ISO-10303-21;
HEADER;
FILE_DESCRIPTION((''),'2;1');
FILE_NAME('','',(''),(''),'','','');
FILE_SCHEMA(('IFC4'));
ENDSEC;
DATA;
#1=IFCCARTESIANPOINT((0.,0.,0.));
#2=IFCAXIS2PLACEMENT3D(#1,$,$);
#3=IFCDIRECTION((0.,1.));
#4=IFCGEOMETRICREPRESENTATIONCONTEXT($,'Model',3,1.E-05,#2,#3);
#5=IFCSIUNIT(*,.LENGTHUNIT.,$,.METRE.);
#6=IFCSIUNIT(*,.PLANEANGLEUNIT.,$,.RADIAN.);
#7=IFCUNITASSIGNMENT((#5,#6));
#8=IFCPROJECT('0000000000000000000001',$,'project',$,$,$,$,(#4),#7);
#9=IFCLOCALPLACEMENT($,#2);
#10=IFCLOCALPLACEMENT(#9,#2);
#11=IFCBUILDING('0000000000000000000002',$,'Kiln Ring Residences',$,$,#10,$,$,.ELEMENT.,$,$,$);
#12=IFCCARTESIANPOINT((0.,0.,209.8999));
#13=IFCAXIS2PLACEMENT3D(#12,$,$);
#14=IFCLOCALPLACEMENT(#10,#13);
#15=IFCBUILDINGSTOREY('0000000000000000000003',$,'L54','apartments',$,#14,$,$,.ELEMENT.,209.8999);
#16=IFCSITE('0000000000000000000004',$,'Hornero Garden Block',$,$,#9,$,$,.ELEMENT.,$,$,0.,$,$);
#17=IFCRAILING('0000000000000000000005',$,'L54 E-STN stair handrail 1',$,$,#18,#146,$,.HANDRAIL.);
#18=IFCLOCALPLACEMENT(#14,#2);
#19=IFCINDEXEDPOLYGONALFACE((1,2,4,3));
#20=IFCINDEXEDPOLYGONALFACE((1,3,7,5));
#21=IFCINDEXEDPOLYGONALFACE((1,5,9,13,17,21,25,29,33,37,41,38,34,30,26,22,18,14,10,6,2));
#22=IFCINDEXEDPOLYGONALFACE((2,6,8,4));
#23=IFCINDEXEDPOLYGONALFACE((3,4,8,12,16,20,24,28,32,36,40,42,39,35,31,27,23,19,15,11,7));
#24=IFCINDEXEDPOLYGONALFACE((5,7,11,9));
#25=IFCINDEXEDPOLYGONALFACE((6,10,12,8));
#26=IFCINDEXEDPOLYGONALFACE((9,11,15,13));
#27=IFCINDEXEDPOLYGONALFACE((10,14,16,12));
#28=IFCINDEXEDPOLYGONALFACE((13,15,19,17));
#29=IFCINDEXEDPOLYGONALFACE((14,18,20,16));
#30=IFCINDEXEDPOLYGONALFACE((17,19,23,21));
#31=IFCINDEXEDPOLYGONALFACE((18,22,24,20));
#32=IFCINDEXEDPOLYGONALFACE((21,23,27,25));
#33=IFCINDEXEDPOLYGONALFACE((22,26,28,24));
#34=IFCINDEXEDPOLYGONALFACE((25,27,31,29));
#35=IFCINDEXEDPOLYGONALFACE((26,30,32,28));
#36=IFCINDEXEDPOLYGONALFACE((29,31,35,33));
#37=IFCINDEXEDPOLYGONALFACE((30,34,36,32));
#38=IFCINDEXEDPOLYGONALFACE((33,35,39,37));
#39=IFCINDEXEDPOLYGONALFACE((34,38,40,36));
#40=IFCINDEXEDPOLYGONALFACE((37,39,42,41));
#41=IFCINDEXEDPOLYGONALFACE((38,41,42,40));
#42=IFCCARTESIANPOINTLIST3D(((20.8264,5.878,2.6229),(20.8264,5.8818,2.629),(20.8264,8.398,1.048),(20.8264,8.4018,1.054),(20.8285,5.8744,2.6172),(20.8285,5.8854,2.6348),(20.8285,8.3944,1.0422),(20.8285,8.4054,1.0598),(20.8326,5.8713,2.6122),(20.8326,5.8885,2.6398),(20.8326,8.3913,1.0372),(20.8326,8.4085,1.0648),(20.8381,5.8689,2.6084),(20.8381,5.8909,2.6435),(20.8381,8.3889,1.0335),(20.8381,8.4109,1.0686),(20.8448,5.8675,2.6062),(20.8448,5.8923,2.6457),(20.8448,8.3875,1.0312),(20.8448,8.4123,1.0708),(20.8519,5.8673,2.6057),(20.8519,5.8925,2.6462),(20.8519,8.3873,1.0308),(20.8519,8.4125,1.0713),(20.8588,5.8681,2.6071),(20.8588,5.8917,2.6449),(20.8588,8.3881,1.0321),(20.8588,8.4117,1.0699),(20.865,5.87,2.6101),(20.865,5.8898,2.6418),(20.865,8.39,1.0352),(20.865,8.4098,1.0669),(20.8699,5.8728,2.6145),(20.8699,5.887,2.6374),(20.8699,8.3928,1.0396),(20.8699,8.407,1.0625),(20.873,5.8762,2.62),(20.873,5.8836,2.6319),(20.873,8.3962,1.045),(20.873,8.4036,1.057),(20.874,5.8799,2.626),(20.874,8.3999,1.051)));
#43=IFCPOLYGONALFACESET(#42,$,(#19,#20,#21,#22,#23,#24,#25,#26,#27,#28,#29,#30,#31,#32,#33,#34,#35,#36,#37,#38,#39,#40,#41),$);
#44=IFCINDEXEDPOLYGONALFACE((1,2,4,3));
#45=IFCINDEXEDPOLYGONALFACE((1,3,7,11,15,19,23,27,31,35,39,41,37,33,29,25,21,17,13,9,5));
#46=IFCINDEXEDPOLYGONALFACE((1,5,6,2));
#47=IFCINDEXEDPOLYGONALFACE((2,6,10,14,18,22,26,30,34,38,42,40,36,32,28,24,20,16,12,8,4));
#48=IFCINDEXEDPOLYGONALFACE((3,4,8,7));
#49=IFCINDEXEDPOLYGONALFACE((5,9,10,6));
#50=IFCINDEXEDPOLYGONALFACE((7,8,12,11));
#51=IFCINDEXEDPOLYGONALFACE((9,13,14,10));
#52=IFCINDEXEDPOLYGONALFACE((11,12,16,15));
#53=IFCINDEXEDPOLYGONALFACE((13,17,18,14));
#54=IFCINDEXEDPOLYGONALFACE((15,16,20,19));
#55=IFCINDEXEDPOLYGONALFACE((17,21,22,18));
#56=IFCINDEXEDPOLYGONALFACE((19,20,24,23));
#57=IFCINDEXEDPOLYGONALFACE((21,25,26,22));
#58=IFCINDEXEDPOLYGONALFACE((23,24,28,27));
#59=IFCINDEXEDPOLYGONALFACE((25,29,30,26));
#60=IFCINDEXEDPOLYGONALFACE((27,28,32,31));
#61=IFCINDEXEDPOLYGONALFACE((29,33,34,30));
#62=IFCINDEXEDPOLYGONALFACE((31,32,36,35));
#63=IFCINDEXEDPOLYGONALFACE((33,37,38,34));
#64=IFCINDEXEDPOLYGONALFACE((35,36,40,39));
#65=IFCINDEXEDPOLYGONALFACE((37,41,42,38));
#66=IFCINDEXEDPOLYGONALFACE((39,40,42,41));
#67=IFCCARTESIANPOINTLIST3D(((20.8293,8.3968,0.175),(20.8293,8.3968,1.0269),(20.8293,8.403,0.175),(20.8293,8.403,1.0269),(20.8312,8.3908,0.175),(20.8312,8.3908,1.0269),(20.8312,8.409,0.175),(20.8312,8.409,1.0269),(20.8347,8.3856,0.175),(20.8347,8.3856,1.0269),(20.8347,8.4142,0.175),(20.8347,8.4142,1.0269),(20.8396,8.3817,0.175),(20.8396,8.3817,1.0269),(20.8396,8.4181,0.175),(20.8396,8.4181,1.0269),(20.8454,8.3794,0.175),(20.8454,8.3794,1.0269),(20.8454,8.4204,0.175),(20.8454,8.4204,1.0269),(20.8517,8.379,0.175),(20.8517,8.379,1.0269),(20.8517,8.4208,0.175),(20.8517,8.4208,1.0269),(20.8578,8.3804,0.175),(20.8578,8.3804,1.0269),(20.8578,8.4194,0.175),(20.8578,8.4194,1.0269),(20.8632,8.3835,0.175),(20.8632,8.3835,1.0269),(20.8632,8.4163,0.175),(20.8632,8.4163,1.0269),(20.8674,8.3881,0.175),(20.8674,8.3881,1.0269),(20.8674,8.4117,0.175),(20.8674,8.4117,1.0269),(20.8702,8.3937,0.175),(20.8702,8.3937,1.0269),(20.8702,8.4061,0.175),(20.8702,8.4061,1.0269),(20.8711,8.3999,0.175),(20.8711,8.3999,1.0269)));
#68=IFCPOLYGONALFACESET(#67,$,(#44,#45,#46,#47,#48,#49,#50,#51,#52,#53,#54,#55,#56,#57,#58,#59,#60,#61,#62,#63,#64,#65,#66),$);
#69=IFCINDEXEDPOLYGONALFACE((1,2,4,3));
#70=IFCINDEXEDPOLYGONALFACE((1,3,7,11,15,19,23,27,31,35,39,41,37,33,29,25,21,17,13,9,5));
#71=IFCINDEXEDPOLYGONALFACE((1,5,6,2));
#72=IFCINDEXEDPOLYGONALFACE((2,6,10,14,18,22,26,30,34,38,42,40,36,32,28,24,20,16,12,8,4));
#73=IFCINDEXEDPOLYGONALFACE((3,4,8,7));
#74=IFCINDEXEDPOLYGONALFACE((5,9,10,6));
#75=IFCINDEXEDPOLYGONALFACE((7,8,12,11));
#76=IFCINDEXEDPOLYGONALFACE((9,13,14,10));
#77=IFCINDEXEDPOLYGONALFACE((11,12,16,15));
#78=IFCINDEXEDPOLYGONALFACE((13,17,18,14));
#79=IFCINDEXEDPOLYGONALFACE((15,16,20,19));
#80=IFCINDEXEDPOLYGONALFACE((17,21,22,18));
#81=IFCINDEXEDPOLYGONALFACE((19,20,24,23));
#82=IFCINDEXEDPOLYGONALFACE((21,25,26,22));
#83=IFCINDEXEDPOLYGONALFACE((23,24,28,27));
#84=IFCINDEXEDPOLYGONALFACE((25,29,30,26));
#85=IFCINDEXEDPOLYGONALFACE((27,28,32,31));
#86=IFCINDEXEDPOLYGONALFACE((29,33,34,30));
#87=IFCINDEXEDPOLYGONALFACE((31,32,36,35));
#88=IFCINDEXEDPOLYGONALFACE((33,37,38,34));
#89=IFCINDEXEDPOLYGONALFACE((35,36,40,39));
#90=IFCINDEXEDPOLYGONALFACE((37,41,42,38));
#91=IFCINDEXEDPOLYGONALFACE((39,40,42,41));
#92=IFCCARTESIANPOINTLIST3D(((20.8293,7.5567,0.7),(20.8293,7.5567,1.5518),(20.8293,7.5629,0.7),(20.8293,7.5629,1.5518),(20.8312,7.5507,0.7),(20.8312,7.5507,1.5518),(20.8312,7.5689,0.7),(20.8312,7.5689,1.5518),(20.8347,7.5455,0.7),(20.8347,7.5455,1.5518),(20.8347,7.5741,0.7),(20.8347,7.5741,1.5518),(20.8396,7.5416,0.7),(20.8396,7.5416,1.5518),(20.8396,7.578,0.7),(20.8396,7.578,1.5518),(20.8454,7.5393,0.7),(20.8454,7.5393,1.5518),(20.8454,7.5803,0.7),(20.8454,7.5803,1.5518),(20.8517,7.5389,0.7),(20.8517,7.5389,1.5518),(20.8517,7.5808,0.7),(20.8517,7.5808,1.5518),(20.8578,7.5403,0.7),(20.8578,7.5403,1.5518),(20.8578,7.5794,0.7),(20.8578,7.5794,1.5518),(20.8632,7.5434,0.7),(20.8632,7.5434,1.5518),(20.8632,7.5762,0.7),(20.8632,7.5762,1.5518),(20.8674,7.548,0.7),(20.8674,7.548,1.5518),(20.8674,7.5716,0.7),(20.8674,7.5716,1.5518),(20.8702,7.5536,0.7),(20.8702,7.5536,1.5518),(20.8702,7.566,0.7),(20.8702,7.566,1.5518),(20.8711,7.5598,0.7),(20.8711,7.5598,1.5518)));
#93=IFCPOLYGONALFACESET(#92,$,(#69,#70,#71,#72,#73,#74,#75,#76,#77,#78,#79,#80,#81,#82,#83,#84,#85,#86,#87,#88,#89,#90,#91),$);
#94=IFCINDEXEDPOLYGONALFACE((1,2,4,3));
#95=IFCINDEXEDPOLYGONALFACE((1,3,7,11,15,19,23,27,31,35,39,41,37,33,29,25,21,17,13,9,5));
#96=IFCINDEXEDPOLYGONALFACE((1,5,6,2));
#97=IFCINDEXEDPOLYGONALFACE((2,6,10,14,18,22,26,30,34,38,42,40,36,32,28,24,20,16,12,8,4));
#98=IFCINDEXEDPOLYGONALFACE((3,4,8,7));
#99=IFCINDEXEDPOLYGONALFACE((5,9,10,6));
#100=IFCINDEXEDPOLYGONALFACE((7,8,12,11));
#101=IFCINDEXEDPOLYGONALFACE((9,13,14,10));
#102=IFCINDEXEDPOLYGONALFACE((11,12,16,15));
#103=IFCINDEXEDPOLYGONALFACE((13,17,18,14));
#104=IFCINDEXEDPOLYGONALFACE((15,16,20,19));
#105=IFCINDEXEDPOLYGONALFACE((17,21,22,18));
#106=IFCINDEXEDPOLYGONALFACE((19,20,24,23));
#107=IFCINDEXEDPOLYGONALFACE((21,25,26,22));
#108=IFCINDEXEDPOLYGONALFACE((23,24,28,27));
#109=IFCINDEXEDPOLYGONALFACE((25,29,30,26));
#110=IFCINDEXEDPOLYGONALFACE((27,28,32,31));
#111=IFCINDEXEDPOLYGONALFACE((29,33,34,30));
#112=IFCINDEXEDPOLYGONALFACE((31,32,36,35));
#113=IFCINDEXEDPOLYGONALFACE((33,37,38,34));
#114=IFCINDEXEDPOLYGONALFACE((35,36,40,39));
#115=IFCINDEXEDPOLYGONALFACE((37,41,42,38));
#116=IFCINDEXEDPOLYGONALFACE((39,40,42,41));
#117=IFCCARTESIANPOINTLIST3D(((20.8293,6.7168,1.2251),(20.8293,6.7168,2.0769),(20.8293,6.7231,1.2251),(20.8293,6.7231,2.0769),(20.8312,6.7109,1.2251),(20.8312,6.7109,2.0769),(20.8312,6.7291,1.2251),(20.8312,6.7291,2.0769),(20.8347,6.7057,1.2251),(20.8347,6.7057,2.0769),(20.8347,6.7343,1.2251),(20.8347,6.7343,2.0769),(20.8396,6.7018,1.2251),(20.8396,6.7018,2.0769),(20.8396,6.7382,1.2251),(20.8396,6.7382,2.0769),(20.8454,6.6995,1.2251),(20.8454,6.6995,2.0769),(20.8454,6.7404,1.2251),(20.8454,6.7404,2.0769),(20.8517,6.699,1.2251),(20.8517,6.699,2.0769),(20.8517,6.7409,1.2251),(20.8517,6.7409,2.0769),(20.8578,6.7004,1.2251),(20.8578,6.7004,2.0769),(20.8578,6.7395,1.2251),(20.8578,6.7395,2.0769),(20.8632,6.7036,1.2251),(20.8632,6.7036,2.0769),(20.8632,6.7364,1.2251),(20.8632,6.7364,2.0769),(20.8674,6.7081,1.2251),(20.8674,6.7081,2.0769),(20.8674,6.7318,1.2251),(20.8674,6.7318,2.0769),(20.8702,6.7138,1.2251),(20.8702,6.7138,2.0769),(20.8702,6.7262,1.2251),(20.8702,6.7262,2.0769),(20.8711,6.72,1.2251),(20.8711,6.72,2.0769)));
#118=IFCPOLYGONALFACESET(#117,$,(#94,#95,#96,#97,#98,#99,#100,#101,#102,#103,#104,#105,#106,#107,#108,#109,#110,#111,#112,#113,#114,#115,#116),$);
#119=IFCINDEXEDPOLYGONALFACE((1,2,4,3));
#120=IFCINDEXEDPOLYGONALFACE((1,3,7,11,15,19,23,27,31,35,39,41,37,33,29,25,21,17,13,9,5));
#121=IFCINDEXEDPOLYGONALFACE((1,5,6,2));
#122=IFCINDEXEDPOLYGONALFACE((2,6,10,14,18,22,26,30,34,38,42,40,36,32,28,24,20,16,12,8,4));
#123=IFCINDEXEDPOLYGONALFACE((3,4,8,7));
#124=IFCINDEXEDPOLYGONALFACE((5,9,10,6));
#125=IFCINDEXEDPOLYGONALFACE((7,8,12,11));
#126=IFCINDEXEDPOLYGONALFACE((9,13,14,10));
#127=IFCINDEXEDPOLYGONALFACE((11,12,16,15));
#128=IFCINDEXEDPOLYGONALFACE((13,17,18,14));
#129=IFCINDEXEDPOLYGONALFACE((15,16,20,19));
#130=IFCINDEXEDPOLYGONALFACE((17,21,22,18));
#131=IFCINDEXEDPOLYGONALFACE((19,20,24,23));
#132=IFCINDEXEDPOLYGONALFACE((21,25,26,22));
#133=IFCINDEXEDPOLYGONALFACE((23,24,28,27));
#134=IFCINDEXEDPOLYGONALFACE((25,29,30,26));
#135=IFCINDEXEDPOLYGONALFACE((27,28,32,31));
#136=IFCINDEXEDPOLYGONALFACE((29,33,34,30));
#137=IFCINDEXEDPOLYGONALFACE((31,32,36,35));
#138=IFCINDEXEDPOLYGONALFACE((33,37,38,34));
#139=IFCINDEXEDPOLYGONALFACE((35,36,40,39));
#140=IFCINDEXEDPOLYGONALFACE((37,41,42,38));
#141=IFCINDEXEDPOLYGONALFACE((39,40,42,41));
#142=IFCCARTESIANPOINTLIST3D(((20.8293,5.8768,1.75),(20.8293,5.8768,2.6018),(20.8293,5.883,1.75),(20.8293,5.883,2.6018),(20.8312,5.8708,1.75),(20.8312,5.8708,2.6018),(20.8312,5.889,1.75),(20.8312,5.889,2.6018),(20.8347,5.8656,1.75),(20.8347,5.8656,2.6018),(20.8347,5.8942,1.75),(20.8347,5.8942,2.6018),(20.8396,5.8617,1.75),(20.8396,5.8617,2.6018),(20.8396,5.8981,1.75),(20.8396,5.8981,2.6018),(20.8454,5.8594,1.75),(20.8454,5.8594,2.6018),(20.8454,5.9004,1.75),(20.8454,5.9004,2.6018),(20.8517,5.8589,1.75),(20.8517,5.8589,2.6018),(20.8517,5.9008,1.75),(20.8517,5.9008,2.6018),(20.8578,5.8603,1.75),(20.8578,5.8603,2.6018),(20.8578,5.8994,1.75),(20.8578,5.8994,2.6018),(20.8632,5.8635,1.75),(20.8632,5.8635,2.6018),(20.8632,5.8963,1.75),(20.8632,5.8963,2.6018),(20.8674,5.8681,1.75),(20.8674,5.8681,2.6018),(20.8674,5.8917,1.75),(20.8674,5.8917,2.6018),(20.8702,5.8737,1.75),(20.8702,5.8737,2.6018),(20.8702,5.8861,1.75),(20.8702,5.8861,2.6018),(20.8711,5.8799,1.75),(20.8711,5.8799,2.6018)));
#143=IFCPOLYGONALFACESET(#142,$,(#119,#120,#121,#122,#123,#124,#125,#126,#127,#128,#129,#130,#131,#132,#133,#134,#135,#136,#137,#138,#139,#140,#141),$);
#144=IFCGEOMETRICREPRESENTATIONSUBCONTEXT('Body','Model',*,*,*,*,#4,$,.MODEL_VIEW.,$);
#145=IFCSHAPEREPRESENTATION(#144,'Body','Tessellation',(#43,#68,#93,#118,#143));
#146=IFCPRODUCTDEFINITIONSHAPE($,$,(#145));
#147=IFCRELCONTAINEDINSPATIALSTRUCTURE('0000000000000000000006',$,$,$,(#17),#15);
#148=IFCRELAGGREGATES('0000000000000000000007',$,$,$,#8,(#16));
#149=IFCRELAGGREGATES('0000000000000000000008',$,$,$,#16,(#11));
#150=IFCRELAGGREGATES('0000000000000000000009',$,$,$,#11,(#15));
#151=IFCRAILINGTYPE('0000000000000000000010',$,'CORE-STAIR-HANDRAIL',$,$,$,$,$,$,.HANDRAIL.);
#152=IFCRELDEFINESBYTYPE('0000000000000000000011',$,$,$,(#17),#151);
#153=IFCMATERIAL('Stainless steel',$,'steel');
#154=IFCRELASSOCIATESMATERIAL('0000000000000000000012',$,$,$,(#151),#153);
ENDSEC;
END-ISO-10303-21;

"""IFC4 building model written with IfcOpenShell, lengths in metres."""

from ifc_helpers import new_model, si_unit, direction, frame, origin, origin_2d, place, context, subcontext, project, spatial, circle, extrude, material, type_object, element, save


model = new_model("IFC4")

# Units and contexts
model_context = context("Model", 3, precision=1e-05, world=origin(), true_north=direction((0.0, 1.0)))
body_context = subcontext(model_context, "Body", "Model", "MODEL_VIEW")
ifc_project = project(units=[si_unit("LENGTHUNIT", "METRE"), si_unit("PLANEANGLEUNIT", "RADIAN")], contexts=[model_context])

# Site, building, storey
site_placement = place(None, origin())
site = spatial("IfcSite", under=ifc_project, at=site_placement, Name="Hornero Garden Block", CompositionType="ELEMENT", RefElevation=0.0)
building_placement = place(site_placement, origin())
building = spatial("IfcBuilding", under=site, at=building_placement, Name="Kiln Ring Residences", CompositionType="ELEMENT")
storey_placement = place(building_placement, frame((0.0, 0.0, 209.8999)))
storey = spatial("IfcBuildingStorey", under=building, at=storey_placement, Name="L54", Description="apartments", CompositionType="ELEMENT", Elevation=209.8999)

# Railing
ifc_material_1 = material(Name="Stainless steel", Category="steel")
railing_type_1 = type_object("IfcRailingType", Name="CORE-STAIR-HANDRAIL", PredefinedType="HANDRAIL", material=ifc_material_1)
railing_1_placement = place(storey_placement, frame((20.8501, 8.3999, 0.175)))
element("IfcRailing", 1, at=railing_1_placement, inside=storey, type_object=railing_type_1, Name="L54 E-STN stair handrail 1", PredefinedType="HANDRAIL", context=body_context, shape_type="SweptSolid", body=[
    extrude(circle(Radius=0.0239, at=origin_2d()), frame((0.0, 0.0, 0.876), z_axis=(0.0, -0.848008, 0.529984), x_axis=(1.0, 0.0, 0.0)), (0.0, 0.0, 1.0), 2.9717),
    extrude(circle(Radius=0.021, at=origin_2d()), origin(), (0.0, 0.0, 1.0), 0.8518),
    extrude(circle(Radius=0.021, at=origin_2d()), frame((0.0, -0.8401, 0.5249)), (0.0, 0.0, 1.0), 0.8518),
    extrude(circle(Radius=0.021, at=origin_2d()), frame((0.0, -1.6799, 1.05)), (0.0, 0.0, 1.0), 0.8518),
    extrude(circle(Radius=0.021, at=origin_2d()), frame((0.0, -2.52, 1.575)), (0.0, 0.0, 1.0), 0.8518),
])

save(model, "model.ifc")
